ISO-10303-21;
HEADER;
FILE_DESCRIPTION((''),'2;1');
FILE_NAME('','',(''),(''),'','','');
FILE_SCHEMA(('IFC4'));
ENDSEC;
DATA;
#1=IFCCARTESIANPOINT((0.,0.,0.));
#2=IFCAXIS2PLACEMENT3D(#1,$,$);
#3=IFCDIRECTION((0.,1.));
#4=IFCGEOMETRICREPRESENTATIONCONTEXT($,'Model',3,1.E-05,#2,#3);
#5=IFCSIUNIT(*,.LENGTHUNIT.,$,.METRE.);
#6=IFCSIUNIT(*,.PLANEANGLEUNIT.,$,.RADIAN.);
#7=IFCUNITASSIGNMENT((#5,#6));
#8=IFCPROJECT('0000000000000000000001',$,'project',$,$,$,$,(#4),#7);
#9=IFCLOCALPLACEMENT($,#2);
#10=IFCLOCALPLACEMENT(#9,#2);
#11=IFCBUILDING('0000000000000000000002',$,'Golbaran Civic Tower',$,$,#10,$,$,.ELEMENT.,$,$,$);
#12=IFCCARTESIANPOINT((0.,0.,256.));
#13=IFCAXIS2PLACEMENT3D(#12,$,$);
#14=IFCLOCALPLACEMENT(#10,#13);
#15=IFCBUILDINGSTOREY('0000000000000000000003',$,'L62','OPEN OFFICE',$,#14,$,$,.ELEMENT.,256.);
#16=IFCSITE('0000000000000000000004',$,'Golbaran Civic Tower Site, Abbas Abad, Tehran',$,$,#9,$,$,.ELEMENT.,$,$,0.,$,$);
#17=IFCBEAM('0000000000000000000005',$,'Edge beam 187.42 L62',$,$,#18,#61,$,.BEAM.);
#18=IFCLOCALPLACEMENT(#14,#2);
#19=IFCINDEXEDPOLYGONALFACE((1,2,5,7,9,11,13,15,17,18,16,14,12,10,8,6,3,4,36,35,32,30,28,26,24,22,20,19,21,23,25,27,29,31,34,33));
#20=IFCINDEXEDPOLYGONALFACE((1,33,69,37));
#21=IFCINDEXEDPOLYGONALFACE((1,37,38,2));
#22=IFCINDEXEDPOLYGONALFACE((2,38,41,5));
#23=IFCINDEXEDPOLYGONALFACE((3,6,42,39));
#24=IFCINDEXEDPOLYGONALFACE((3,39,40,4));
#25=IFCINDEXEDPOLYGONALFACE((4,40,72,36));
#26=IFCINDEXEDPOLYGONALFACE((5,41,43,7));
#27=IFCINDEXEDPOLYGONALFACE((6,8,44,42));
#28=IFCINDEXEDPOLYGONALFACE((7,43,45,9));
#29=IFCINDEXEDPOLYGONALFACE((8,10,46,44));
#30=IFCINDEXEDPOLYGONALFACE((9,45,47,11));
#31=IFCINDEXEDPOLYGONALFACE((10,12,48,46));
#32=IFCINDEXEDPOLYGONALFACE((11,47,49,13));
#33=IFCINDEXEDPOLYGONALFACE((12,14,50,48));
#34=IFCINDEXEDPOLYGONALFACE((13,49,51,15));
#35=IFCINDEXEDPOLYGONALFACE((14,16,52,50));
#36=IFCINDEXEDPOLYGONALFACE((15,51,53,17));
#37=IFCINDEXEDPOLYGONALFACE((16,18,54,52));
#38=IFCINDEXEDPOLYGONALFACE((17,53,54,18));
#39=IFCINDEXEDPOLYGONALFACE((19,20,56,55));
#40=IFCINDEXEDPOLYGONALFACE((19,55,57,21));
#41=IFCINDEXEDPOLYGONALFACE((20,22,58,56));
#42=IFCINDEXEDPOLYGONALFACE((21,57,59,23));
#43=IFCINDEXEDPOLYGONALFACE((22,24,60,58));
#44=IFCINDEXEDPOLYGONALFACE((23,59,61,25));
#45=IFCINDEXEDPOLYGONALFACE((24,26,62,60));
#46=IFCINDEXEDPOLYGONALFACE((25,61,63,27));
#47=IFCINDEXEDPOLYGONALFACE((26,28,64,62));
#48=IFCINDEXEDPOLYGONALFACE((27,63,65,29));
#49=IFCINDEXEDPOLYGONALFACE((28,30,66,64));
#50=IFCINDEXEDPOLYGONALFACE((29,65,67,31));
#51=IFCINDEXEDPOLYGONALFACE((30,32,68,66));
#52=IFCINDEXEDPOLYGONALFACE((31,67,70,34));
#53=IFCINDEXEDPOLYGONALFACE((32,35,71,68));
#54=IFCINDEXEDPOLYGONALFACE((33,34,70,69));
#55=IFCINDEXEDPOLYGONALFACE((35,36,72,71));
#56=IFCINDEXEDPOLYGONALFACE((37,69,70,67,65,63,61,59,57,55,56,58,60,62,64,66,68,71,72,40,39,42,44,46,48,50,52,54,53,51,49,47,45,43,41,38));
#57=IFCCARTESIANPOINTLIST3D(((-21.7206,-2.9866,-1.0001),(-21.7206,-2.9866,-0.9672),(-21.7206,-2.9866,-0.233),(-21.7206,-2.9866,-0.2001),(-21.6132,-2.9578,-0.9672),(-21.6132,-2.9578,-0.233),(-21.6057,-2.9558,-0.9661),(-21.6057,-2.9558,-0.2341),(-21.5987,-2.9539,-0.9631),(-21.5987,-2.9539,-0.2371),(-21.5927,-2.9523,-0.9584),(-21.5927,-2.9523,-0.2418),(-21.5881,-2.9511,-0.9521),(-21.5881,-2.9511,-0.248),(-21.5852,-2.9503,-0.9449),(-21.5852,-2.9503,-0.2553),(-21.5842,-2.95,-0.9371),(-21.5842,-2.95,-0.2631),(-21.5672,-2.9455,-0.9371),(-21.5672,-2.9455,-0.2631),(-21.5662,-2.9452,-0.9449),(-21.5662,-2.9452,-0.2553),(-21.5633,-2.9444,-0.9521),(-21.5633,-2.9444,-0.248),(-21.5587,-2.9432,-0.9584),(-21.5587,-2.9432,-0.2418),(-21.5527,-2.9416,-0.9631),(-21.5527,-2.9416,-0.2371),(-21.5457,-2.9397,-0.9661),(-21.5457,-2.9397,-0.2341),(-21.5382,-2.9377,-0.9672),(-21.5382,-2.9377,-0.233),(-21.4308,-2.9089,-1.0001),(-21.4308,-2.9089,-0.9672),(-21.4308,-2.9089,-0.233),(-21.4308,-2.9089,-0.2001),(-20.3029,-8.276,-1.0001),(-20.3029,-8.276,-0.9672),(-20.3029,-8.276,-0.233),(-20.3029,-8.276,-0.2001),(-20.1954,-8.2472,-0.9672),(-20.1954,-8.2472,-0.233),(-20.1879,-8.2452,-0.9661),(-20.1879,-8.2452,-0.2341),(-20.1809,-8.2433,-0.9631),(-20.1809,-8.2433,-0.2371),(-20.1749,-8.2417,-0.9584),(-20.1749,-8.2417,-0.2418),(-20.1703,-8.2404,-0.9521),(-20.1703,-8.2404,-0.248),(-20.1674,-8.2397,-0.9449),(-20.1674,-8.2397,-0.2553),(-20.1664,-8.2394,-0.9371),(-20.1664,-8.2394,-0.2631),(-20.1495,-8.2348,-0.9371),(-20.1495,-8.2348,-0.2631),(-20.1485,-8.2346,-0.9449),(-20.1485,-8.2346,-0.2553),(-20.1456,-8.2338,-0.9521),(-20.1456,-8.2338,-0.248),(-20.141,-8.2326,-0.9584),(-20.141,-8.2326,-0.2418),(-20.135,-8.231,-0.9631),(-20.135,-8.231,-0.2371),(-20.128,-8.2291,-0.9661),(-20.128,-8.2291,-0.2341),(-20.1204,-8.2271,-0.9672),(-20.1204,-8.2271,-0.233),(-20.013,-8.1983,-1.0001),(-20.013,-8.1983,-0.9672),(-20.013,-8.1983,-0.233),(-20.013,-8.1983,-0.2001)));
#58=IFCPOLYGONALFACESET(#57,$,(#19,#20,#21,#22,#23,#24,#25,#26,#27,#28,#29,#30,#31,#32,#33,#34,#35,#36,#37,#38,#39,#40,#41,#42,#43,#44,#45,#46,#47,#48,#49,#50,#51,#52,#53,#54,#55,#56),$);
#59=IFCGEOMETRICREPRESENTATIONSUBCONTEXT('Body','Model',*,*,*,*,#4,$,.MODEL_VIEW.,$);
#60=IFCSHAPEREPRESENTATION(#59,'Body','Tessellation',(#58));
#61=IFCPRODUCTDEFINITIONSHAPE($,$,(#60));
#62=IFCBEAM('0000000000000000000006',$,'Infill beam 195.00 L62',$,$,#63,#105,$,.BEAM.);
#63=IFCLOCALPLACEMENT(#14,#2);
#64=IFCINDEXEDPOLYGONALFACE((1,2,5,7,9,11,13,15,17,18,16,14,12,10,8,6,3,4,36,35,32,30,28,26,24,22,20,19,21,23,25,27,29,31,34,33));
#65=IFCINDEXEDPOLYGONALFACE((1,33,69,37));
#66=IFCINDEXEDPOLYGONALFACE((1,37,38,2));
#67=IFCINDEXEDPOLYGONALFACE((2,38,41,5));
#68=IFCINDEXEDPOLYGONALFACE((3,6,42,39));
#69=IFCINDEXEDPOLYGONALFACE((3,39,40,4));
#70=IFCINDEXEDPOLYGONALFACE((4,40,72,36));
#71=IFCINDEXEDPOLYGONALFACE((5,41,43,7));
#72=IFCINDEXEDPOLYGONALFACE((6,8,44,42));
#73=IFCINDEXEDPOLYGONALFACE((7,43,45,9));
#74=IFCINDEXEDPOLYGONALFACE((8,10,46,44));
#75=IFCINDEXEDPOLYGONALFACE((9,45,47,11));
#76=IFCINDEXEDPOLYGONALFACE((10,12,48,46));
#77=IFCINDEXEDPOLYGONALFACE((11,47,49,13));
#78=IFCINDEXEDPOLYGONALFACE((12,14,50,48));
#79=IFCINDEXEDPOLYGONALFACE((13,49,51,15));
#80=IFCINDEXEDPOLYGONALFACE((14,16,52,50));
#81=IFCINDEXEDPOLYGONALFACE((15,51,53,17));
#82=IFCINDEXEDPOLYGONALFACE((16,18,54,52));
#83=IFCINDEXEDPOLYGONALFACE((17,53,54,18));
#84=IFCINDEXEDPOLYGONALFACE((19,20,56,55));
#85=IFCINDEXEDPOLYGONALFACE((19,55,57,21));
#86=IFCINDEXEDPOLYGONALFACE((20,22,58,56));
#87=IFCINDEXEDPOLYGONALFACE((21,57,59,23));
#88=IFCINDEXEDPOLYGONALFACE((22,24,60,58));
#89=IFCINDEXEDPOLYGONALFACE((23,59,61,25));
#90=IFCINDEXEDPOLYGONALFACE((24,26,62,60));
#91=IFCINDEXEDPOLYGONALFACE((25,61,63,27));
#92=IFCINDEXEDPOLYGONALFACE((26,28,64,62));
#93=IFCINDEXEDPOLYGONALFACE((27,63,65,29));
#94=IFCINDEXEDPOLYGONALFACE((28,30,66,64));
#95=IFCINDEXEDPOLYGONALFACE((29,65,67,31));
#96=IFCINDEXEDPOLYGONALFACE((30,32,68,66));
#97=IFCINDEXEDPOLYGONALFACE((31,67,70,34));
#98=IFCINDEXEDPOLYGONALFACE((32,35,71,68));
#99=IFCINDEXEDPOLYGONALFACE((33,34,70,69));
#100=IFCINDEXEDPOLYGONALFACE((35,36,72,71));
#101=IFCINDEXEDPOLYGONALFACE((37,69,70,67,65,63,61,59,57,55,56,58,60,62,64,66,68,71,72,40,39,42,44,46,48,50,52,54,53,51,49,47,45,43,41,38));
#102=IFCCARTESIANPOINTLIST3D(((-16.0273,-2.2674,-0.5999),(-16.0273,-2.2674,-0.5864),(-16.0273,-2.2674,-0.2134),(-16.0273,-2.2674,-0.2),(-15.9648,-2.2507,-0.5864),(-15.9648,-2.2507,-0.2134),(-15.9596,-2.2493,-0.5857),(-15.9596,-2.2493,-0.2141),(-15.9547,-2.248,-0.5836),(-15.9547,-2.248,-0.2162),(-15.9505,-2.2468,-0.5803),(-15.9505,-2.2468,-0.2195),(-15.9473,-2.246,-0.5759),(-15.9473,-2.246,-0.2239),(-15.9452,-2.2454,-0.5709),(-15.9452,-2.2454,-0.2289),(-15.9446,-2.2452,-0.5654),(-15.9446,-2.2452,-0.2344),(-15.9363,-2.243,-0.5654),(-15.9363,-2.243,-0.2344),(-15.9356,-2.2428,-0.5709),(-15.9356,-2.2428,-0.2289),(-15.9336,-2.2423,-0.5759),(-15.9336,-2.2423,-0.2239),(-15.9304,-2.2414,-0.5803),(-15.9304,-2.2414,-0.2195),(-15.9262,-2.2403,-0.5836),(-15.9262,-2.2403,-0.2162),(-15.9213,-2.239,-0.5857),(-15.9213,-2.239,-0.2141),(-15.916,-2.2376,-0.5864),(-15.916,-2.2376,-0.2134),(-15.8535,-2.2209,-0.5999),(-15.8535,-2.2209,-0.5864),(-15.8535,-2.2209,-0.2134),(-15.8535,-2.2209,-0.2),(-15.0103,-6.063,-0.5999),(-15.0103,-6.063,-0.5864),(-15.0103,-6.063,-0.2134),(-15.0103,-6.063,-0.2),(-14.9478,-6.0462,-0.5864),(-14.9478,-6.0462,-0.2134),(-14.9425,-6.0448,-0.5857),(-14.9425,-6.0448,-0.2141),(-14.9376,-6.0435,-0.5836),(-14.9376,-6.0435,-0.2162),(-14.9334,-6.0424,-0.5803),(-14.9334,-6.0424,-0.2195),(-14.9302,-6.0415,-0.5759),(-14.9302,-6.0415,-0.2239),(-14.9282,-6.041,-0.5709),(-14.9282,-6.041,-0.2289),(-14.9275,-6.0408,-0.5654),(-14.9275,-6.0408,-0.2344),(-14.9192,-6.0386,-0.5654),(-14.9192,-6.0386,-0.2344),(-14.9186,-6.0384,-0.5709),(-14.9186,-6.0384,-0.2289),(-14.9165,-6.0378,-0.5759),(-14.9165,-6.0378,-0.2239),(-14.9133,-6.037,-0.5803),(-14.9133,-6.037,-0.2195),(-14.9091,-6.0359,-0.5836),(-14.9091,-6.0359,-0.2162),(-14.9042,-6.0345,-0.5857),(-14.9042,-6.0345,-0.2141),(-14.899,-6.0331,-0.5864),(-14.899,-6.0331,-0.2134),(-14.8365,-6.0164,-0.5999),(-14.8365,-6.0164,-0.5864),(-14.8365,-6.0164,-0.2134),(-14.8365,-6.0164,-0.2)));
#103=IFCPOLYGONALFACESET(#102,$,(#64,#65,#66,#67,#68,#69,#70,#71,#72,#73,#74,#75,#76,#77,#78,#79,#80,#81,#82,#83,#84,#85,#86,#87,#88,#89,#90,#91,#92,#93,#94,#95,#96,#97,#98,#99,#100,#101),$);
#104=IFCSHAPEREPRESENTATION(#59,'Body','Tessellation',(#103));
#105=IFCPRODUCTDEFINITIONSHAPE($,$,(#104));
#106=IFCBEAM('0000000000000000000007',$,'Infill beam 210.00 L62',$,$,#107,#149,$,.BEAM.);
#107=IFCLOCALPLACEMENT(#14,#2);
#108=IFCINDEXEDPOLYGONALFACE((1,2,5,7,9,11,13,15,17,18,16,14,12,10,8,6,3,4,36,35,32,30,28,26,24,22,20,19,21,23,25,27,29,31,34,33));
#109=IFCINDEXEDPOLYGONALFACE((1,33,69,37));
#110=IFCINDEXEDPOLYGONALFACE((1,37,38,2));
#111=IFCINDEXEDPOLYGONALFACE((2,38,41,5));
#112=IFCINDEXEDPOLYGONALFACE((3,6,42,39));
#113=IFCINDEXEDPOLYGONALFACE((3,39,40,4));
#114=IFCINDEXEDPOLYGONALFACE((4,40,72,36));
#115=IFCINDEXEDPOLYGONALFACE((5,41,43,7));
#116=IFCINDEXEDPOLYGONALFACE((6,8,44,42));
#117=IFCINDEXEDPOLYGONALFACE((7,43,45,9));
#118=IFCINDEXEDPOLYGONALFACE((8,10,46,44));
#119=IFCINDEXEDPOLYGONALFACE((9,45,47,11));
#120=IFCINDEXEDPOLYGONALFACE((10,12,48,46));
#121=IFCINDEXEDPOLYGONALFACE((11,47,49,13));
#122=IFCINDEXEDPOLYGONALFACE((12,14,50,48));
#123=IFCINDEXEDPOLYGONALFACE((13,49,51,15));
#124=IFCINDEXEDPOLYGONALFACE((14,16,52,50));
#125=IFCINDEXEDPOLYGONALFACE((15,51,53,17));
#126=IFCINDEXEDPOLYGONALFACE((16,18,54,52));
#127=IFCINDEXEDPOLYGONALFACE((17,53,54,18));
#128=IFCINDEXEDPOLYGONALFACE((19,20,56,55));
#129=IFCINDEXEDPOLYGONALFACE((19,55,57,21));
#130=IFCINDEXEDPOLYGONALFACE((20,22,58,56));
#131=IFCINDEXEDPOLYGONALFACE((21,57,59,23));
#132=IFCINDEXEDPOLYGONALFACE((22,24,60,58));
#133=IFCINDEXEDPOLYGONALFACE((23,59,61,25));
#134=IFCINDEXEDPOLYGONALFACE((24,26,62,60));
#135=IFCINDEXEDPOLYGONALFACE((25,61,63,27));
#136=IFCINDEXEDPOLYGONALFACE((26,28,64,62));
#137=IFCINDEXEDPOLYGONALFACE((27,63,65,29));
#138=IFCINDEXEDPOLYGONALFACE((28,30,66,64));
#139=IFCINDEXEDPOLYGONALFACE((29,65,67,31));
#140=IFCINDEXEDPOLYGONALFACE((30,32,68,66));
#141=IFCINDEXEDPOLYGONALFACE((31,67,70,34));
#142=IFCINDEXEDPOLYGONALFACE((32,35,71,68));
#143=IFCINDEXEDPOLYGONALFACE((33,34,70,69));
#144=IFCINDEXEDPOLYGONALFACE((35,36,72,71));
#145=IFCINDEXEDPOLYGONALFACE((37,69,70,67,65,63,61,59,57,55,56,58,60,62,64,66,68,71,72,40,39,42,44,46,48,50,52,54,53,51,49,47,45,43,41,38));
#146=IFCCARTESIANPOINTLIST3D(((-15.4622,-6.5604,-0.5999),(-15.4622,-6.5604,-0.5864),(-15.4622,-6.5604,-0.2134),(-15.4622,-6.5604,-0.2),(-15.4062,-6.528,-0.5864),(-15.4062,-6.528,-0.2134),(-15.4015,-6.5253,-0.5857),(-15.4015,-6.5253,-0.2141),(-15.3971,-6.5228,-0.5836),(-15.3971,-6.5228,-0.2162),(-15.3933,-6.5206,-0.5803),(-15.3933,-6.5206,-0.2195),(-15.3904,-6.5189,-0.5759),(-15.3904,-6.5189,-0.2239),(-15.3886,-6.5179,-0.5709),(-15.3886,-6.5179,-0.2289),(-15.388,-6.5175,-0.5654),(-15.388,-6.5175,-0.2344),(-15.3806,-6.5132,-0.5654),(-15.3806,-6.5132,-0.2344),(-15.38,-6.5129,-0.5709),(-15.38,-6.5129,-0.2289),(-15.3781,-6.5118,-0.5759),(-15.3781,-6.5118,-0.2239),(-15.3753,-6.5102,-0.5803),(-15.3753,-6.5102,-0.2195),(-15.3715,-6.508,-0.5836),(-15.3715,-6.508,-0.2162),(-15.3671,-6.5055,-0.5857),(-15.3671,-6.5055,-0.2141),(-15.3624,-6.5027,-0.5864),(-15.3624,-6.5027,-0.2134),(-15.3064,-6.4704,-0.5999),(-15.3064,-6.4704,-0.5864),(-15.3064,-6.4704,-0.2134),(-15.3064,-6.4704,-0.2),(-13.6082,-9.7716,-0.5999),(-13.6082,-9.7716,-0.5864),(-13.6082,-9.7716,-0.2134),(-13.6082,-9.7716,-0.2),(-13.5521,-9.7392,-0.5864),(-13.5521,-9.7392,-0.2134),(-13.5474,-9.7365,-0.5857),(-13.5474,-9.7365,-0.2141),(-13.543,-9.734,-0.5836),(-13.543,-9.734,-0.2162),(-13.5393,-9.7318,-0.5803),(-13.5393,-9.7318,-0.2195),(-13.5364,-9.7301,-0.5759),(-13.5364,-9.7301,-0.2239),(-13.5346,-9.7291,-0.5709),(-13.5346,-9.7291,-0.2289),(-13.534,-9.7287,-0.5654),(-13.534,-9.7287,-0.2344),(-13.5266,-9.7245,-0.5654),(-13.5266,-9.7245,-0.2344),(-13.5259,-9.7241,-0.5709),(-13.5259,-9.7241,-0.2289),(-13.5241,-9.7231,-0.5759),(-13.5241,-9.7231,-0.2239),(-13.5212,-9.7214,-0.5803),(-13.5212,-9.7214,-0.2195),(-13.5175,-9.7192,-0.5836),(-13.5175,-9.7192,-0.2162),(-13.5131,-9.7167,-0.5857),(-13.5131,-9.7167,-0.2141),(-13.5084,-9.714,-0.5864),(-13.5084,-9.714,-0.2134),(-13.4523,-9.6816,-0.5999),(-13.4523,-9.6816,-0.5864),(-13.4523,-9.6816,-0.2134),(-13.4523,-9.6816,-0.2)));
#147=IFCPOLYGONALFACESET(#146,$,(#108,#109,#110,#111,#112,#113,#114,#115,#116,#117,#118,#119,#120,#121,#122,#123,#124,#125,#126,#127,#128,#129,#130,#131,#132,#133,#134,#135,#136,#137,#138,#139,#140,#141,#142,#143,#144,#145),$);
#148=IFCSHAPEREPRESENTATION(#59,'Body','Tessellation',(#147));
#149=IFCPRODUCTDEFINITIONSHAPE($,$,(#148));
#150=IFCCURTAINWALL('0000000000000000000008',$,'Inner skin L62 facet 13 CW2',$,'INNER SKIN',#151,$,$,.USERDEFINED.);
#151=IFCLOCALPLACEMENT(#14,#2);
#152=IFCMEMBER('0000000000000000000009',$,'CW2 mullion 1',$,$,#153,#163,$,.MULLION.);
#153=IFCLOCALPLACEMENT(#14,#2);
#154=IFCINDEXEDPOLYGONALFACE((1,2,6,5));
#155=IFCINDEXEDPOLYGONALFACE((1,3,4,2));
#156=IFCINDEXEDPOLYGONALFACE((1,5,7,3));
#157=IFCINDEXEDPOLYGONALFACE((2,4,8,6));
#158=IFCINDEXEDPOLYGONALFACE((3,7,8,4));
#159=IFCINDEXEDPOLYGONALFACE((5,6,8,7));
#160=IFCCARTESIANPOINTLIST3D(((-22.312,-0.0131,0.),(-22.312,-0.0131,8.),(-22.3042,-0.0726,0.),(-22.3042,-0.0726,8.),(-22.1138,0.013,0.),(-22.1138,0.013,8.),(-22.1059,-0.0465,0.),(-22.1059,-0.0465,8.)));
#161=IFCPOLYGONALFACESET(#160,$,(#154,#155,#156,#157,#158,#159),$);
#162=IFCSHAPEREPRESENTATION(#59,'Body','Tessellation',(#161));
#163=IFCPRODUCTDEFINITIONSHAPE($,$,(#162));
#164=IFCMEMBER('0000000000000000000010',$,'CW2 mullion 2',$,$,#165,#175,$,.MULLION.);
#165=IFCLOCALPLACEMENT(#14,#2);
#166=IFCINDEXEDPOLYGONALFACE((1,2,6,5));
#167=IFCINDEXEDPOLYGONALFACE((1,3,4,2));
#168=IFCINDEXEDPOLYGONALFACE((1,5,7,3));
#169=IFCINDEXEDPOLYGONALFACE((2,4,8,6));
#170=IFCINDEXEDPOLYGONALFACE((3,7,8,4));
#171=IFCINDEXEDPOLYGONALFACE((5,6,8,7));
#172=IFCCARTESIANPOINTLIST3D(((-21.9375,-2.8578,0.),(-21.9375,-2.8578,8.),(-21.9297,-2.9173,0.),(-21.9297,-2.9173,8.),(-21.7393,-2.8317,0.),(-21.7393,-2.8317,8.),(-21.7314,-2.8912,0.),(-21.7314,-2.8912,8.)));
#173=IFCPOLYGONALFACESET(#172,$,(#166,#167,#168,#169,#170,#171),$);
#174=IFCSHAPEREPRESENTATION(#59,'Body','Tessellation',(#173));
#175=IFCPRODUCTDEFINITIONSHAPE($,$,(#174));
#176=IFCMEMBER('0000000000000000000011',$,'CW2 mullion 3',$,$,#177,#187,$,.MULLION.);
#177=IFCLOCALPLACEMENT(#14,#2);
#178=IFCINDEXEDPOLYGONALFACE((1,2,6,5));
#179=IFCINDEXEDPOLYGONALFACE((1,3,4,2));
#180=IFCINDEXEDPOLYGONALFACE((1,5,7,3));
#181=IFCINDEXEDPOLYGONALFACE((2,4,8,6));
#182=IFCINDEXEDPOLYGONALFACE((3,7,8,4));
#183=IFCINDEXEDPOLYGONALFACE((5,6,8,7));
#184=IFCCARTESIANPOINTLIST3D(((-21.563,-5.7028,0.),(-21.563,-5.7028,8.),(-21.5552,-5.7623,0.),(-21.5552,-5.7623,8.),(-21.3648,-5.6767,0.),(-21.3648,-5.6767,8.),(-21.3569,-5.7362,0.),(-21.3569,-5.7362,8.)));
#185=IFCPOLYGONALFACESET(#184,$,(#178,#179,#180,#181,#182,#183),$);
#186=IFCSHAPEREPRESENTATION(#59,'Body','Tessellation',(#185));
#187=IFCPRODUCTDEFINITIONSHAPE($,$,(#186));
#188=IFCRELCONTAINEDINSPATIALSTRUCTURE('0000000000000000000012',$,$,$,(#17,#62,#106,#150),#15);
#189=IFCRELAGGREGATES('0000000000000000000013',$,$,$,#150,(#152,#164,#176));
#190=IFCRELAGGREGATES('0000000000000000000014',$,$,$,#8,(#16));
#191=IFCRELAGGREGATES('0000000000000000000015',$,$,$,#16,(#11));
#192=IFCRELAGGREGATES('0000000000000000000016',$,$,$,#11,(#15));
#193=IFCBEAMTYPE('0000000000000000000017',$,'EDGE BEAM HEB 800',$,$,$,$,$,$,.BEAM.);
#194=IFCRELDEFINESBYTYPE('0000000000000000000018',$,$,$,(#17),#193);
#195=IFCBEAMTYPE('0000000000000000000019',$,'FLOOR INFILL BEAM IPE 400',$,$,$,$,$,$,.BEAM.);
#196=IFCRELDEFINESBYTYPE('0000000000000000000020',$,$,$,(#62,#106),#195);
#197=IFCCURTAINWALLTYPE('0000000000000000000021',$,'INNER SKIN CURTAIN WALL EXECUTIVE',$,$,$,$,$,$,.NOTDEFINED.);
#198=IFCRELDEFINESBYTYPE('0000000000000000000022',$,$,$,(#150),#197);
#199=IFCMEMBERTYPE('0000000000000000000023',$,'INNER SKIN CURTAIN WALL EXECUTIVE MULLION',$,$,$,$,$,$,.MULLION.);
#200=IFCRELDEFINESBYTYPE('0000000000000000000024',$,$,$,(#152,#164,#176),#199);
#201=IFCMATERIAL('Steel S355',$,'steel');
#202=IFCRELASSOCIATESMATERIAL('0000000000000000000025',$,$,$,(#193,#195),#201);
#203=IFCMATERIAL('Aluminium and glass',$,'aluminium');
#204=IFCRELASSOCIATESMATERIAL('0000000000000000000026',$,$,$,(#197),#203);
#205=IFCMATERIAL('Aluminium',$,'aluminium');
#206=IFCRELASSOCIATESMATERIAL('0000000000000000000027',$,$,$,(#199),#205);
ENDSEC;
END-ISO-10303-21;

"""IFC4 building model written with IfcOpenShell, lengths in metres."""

from ifc_helpers import new_model, si_unit, direction, frame, origin, origin_2d, place, context, subcontext, project, spatial, rectangle, i_section, extrude, material, material_profile, profile_set, type_object, element, aggregate, save


model = new_model("IFC4")

# Units and contexts
model_context = context("Model", 3, precision=1e-05, world=origin(), true_north=direction((0.0, 1.0)))
body_context = subcontext(model_context, "Body", "Model", "MODEL_VIEW")
ifc_project = project(units=[si_unit("LENGTHUNIT", "METRE"), si_unit("PLANEANGLEUNIT", "RADIAN")], contexts=[model_context])

# Site, building, storey
site_placement = place(None, origin())
site = spatial("IfcSite", under=ifc_project, at=site_placement, Name="Golbaran Civic Tower Site, Abbas Abad, Tehran", CompositionType="ELEMENT", RefElevation=0.0)
building_placement = place(site_placement, origin())
building = spatial("IfcBuilding", under=site, at=building_placement, Name="Golbaran Civic Tower", CompositionType="ELEMENT")
storey_placement = place(building_placement, frame((0.0, 0.0, 256.0)))
storey = spatial("IfcBuildingStorey", under=building, at=storey_placement, Name="L62", Description="OPEN OFFICE", CompositionType="ELEMENT", Elevation=256.0)

# Beams
ifc_material_1 = material(Name="Steel S355", Category="steel")
ifc_material_profile_1 = material_profile(ifc_material_1, i_section(OverallWidth=0.3, OverallDepth=0.8, WebThickness=0.0176, FlangeThickness=0.033, FilletRadius=0.03, at=origin_2d()), Name="HEB 800")
ifc_profile_set_1 = profile_set([ifc_material_profile_1], Name="Steel S355")
beam_type_1 = type_object("IfcBeamType", Name="EDGE BEAM HEB 800", PredefinedType="BEAM", material=ifc_profile_set_1)
beam_1_placement = place(storey_placement, frame((-21.5757, -2.9478, -0.6001), z_axis=(0.258897, -0.965905, 0.0), x_axis=(0.965905, 0.258897, 0.0)))
element("IfcBeam", 1, at=beam_1_placement, inside=storey, type_object=beam_type_1, Name="Edge beam 187.42 L62", PredefinedType="BEAM", context=body_context, shape_type="SweptSolid", body=[
    extrude(i_section(OverallWidth=0.3, OverallDepth=0.8, WebThickness=0.0176, FlangeThickness=0.033, FilletRadius=0.03, at=origin_2d()), origin(), (0.0, 0.0, 1.0), 5.4761),
])
ifc_material_profile_2 = material_profile(ifc_material_1, i_section(OverallWidth=0.1799, OverallDepth=0.3999, WebThickness=0.0085, FlangeThickness=0.0134, FilletRadius=0.021, at=origin_2d()), Name="IPE 400")
ifc_profile_set_2 = profile_set([ifc_material_profile_2], Name="Steel S355")
beam_type_2 = type_object("IfcBeamType", Name="FLOOR INFILL BEAM IPE 400", PredefinedType="BEAM", material=ifc_profile_set_2)
beam_2_placement = place(storey_placement, frame((-15.9404, -2.2441, -0.3999), z_axis=(0.25883, -0.965923, 0.0), x_axis=(0.965923, 0.25883, 0.0)))
element("IfcBeam", 2, at=beam_2_placement, inside=storey, type_object=beam_type_2, Name="Infill beam 195.00 L62", PredefinedType="BEAM", context=body_context, shape_type="SweptSolid", body=[
    extrude(i_section(OverallWidth=0.1799, OverallDepth=0.3999, WebThickness=0.0085, FlangeThickness=0.0134, FilletRadius=0.021, at=origin_2d()), origin(), (0.0, 0.0, 1.0), 3.9294),
])
beam_3_placement = place(storey_placement, frame((-15.3843, -6.5154, -0.3999), z_axis=(0.500006, -0.866022, 0.0), x_axis=(0.866022, 0.500006, 0.0)))
element("IfcBeam", 3, at=beam_3_placement, inside=storey, type_object=beam_type_2, Name="Infill beam 210.00 L62", PredefinedType="BEAM", context=body_context, shape_type="SweptSolid", body=[
    extrude(i_section(OverallWidth=0.1799, OverallDepth=0.3999, WebThickness=0.0085, FlangeThickness=0.0134, FilletRadius=0.021, at=origin_2d()), origin(), (0.0, 0.0, 1.0), 3.708),
])

# Curtain wall, members
ifc_material_2 = material(Name="Aluminium and glass", Category="aluminium")
curtain_wall_type = type_object("IfcCurtainWallType", Name="INNER SKIN CURTAIN WALL EXECUTIVE", PredefinedType="NOTDEFINED", material=ifc_material_2)
curtain_wall_1_placement = place(storey_placement, origin())
curtain_wall_1 = element("IfcCurtainWall", 4, at=curtain_wall_1_placement, inside=storey, type_object=curtain_wall_type, Name="Inner skin L62 facet 13 CW2", ObjectType="INNER SKIN", PredefinedType="USERDEFINED")
ifc_material_3 = material(Name="Aluminium", Category="aluminium")
ifc_material_profile_3 = material_profile(ifc_material_3, rectangle(XDim=0.2, YDim=0.0601, at=origin_2d()), Name="INNER SKIN CURTAIN WALL EXECUTIVE MULLION")
ifc_profile_set_3 = profile_set([ifc_material_profile_3], Name="Aluminium")
member_type_1 = type_object("IfcMemberType", Name="INNER SKIN CURTAIN WALL EXECUTIVE MULLION", PredefinedType="MULLION", material=ifc_profile_set_3)
member_1_placement = place(storey_placement, frame((-22.209, -0.0298, 0.0), z_axis=(0.0, 0.0, 1.0), x_axis=(0.991445, 0.130526, 0.0)))
member_1 = element("IfcMember", 5, at=member_1_placement, type_object=member_type_1, Name="CW2 mullion 1", PredefinedType="MULLION", context=body_context, shape_type="SweptSolid", body=[
    extrude(rectangle(XDim=0.2, YDim=0.0601, at=origin_2d()), origin(), (0.0, 0.0, 1.0), 8.0),
])
member_2_placement = place(storey_placement, frame((-21.8345, -2.8745, 0.0), z_axis=(0.0, 0.0, 1.0), x_axis=(0.991445, 0.130526, 0.0)))
member_2 = element("IfcMember", 6, at=member_2_placement, type_object=member_type_1, Name="CW2 mullion 2", PredefinedType="MULLION", context=body_context, shape_type="SweptSolid", body=[
    extrude(rectangle(XDim=0.2, YDim=0.0601, at=origin_2d()), origin(), (0.0, 0.0, 1.0), 8.0),
])
member_3_placement = place(storey_placement, frame((-21.46, -5.7195, 0.0), z_axis=(0.0, 0.0, 1.0), x_axis=(0.991445, 0.130526, 0.0)))
member_3 = element("IfcMember", 7, at=member_3_placement, type_object=member_type_1, Name="CW2 mullion 3", PredefinedType="MULLION", context=body_context, shape_type="SweptSolid", body=[
    extrude(rectangle(XDim=0.2, YDim=0.0601, at=origin_2d()), origin(), (0.0, 0.0, 1.0), 8.0),
])

aggregate(curtain_wall_1, [member_1, member_2, member_3])

save(model, "model.ifc")
